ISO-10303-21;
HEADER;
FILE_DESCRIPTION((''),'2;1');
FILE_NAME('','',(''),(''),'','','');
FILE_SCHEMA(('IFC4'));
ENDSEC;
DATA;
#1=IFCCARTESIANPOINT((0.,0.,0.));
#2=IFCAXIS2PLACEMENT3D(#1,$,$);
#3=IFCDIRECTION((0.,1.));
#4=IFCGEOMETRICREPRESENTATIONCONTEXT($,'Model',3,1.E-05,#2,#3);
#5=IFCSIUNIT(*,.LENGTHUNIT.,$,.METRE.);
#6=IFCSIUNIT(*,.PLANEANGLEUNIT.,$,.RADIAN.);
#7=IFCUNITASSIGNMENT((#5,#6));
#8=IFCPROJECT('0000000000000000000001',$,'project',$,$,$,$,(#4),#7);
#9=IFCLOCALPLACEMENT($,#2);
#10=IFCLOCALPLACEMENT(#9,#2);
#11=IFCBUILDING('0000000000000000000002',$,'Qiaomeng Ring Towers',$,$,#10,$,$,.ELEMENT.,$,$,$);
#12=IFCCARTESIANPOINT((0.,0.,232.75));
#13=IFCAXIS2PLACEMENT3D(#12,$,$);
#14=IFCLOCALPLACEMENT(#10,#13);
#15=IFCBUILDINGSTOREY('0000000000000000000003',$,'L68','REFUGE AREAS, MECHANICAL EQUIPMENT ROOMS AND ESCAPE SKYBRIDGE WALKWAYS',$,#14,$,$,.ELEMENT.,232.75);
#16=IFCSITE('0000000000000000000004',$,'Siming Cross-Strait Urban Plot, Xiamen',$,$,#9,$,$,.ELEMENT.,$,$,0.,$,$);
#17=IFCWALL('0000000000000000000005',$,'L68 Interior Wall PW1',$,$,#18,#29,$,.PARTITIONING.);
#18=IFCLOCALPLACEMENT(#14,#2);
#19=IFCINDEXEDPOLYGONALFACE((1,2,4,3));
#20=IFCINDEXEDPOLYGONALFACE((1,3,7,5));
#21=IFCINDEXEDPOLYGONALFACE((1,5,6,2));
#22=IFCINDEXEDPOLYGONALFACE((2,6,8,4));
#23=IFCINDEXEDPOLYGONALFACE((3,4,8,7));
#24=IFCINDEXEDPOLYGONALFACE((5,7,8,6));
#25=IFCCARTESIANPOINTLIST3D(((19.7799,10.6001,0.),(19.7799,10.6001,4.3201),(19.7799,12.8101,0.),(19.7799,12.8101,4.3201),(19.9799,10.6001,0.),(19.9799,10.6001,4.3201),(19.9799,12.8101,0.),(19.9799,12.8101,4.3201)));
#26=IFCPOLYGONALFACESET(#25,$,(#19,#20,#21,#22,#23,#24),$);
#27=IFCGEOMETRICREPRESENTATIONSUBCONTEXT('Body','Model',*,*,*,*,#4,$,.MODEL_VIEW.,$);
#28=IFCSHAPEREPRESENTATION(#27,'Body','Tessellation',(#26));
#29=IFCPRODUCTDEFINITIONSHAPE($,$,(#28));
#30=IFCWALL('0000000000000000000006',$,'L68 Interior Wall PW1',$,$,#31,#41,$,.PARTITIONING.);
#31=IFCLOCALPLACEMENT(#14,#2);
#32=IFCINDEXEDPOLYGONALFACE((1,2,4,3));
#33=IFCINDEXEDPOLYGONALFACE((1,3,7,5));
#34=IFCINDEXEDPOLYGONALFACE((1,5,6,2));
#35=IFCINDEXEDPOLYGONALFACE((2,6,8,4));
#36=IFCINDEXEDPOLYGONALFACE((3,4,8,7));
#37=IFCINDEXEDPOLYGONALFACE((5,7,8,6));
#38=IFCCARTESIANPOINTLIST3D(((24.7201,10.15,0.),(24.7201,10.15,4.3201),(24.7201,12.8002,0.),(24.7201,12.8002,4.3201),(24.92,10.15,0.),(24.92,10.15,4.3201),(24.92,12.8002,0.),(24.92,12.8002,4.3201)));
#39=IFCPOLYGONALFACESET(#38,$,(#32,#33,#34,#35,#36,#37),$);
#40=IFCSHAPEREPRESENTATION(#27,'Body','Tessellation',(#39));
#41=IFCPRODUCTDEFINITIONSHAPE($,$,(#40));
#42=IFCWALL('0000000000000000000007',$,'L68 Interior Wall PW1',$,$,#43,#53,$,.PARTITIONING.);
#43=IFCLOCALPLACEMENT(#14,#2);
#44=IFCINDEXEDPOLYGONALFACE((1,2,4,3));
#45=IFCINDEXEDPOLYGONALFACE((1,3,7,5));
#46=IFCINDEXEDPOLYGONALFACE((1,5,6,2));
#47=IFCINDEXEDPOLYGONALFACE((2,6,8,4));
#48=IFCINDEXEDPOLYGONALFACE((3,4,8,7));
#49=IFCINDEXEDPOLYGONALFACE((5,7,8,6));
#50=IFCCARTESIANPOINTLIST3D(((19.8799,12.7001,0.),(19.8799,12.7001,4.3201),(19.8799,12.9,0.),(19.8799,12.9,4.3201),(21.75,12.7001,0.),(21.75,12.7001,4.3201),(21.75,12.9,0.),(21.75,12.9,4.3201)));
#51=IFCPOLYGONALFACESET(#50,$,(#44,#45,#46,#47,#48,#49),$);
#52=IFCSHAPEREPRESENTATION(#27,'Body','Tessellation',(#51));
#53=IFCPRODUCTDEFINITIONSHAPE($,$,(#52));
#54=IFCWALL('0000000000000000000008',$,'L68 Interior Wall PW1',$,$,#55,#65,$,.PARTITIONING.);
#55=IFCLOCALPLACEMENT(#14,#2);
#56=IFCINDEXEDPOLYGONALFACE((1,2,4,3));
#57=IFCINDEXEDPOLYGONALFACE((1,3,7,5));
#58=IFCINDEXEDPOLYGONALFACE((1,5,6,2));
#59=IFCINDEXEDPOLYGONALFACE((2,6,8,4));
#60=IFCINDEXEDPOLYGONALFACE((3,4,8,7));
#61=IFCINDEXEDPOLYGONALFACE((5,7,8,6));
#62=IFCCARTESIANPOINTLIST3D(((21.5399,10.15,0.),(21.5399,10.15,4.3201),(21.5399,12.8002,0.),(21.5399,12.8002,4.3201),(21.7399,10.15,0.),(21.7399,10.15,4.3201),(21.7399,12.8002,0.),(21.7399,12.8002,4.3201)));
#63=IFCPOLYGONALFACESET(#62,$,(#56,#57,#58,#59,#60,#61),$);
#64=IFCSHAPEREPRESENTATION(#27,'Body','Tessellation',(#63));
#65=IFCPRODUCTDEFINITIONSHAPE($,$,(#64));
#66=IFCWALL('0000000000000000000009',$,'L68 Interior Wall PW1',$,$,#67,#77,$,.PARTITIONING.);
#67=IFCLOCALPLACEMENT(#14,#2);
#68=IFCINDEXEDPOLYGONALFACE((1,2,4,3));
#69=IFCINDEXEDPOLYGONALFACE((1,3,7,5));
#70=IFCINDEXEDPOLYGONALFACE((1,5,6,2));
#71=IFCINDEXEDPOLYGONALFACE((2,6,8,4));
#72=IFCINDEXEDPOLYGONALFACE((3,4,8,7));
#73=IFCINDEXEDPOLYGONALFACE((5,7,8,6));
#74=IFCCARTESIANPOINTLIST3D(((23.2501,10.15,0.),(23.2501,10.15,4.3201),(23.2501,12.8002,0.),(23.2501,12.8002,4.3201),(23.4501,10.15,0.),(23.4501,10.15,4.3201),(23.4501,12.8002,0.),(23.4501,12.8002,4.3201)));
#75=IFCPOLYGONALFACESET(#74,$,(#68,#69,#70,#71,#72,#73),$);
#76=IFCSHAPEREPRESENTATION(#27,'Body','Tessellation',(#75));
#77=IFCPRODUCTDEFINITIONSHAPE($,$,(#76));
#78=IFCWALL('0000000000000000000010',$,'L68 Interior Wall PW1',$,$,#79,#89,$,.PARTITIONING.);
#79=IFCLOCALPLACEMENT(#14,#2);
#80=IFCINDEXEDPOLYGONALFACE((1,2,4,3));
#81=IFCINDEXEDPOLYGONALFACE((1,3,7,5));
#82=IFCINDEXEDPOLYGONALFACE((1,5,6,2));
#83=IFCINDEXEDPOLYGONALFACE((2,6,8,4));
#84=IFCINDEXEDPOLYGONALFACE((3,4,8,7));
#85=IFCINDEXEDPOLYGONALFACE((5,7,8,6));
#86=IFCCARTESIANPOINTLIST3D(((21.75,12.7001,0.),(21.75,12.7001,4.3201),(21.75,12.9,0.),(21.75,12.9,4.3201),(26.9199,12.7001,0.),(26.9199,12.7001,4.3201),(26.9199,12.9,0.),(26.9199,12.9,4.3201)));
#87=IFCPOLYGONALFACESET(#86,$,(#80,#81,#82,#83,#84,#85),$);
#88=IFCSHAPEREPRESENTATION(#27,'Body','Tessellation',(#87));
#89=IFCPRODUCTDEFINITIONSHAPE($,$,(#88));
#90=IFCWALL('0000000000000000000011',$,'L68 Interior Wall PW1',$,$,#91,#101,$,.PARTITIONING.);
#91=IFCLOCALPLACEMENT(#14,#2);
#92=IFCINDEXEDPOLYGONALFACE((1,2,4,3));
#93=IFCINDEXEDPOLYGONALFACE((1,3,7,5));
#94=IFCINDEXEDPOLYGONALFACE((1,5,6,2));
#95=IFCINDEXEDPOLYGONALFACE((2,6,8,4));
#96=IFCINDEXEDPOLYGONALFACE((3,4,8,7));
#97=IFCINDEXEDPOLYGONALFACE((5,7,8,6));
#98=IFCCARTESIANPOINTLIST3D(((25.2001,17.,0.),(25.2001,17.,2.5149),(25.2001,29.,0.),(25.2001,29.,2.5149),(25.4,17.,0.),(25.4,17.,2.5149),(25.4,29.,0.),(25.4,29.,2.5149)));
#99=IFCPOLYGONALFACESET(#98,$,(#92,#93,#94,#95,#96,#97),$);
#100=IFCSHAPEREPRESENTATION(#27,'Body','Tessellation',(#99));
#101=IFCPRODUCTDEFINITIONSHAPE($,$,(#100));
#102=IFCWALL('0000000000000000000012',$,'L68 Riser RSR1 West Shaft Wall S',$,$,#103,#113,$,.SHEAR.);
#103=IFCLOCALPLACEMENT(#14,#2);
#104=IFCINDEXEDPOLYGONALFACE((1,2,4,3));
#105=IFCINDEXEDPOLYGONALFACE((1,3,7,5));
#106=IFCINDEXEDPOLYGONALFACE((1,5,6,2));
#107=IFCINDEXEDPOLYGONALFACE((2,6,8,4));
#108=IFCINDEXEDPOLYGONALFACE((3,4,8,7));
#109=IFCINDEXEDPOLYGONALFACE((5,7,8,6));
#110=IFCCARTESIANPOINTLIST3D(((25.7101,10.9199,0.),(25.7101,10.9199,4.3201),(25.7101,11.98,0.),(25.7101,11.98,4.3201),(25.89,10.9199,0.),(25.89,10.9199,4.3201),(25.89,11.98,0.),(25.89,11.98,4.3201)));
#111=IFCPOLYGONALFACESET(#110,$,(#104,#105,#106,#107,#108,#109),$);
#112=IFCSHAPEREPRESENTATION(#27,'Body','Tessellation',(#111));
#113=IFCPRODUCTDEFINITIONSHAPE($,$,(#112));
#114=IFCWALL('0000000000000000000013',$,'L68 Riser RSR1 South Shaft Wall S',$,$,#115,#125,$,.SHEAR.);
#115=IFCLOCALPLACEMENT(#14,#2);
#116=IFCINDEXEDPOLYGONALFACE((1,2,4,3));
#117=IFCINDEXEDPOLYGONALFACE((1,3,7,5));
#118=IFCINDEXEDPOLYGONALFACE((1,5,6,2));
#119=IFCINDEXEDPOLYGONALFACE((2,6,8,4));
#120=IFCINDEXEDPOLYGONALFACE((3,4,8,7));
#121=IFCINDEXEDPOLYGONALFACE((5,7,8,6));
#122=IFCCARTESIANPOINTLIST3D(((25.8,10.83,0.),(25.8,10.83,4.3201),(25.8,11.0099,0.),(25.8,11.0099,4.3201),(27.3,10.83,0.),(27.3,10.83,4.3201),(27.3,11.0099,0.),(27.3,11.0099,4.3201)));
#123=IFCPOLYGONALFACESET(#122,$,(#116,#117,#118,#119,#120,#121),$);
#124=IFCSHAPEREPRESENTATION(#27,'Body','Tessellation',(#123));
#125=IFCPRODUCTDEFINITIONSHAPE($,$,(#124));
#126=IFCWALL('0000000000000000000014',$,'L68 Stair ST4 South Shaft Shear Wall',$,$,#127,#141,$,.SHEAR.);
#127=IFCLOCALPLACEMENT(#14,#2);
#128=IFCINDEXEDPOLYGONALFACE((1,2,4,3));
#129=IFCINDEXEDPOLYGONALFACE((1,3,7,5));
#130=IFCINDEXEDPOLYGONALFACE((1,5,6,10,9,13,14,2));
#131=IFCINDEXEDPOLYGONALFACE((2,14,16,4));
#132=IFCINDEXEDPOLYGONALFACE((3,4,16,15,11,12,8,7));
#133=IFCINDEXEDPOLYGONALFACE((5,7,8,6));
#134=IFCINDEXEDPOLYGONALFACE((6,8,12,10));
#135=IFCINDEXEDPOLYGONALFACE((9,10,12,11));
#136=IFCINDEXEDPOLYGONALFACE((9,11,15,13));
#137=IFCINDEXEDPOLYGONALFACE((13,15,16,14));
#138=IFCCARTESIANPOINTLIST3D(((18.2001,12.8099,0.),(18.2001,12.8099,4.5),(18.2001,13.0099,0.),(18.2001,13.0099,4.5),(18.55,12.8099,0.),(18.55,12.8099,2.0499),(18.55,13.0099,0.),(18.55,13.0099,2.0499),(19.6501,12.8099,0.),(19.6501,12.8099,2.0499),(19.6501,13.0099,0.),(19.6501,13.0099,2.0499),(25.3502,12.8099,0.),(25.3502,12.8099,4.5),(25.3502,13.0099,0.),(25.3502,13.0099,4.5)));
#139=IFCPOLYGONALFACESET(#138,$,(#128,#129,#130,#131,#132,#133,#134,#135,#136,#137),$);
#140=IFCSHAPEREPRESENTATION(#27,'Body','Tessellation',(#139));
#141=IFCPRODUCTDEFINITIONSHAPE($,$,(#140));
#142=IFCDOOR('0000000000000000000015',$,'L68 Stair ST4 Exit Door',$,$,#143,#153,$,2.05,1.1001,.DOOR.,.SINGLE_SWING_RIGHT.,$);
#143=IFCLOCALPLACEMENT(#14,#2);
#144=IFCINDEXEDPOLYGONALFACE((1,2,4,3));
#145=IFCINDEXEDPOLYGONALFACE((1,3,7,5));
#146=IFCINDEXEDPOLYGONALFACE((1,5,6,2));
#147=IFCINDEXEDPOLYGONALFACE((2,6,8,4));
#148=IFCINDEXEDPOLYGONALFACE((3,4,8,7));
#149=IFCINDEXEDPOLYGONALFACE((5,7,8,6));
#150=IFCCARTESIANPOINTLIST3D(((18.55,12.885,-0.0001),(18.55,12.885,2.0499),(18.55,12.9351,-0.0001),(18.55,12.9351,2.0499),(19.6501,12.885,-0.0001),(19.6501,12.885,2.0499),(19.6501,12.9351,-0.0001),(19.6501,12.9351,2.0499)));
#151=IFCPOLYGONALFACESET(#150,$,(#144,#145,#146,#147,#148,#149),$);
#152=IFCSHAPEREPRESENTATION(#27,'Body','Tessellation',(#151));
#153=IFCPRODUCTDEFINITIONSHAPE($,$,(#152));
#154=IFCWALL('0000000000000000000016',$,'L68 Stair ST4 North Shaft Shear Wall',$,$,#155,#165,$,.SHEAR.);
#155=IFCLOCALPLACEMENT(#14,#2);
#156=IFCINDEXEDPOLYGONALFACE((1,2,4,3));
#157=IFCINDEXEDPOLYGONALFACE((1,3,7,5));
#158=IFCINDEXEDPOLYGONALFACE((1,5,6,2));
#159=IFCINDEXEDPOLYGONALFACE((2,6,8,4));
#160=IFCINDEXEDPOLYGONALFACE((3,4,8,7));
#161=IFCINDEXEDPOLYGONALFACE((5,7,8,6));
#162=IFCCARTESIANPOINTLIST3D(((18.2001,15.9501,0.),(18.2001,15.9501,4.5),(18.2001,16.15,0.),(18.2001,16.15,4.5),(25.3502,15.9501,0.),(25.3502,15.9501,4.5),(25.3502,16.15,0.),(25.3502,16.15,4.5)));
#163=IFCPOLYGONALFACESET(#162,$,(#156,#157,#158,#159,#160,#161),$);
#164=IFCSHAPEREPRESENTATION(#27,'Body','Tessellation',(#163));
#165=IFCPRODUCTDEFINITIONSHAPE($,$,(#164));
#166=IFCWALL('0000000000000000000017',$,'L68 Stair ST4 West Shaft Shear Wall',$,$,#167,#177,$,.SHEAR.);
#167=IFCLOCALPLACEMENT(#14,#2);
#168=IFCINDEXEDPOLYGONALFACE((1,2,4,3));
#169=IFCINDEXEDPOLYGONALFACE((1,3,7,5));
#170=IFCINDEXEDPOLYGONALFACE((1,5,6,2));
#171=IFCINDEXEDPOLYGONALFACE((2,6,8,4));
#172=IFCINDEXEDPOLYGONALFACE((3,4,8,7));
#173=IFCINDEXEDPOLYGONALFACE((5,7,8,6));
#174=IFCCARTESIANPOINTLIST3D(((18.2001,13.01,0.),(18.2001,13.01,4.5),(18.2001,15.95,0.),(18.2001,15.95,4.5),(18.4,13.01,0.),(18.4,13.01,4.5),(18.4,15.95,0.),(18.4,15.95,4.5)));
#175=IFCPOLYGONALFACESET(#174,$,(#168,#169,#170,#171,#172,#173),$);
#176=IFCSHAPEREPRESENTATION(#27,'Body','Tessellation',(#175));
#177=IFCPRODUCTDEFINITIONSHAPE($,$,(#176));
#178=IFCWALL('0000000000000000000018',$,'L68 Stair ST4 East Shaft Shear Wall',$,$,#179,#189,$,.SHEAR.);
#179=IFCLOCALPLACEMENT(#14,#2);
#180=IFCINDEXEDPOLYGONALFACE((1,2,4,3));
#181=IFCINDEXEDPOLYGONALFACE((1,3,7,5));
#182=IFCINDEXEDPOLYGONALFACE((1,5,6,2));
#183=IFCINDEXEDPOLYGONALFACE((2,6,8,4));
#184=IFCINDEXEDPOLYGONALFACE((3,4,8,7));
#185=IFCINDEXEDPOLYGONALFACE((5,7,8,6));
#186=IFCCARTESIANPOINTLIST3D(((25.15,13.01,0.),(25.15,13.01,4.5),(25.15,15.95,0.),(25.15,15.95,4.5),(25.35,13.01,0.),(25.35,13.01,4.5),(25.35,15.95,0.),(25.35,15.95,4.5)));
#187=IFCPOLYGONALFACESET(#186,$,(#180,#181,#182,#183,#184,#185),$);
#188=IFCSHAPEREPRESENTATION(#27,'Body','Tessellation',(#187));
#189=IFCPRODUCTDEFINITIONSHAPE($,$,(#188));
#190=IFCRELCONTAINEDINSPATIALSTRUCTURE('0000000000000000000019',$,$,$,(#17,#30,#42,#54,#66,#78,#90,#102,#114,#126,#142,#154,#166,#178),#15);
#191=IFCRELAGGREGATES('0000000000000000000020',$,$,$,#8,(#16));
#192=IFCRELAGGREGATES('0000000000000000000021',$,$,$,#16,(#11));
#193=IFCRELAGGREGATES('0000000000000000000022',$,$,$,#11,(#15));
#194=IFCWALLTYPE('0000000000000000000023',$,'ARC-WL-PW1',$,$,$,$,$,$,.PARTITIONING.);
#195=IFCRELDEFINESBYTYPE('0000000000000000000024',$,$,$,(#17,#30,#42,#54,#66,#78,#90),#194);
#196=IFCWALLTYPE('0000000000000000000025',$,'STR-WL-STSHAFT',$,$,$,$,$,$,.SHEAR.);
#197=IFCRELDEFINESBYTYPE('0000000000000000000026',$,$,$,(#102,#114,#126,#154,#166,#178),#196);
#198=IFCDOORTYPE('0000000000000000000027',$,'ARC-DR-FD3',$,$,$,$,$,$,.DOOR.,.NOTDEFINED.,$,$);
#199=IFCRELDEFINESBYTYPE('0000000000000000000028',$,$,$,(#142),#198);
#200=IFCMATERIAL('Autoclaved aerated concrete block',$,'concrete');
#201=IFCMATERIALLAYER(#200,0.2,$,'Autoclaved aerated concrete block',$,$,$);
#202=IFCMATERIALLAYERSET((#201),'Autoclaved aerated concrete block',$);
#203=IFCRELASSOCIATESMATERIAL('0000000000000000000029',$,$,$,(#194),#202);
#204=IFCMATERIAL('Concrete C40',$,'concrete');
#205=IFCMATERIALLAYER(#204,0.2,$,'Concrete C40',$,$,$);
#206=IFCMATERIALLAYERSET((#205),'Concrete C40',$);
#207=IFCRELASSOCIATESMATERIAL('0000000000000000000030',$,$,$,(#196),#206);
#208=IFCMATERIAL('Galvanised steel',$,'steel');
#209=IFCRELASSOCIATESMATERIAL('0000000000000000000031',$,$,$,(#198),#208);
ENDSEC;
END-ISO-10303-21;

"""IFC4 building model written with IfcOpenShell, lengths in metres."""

from ifc_helpers import new_model, si_unit, direction, frame, frame_2d, origin, place, context, subcontext, project, spatial, rectangle, extrude, source, transform, mapped, material, layer, layer_set, type_object, element, fill, save


model = new_model("IFC4")

# Units and contexts
model_context = context("Model", 3, precision=1e-05, world=origin(), true_north=direction((0.0, 1.0)))
body_context = subcontext(model_context, "Body", "Model", "MODEL_VIEW")
ifc_project = project(units=[si_unit("LENGTHUNIT", "METRE"), si_unit("PLANEANGLEUNIT", "RADIAN")], contexts=[model_context])

# Site, building, storey
site_placement = place(None, origin())
site = spatial("IfcSite", under=ifc_project, at=site_placement, Name="Siming Cross-Strait Urban Plot, Xiamen", CompositionType="ELEMENT", RefElevation=0.0)
building_placement = place(site_placement, origin())
building = spatial("IfcBuilding", under=site, at=building_placement, Name="Qiaomeng Ring Towers", CompositionType="ELEMENT")
storey_placement = place(building_placement, frame((0.0, 0.0, 232.75)))
storey = spatial("IfcBuildingStorey", under=building, at=storey_placement, Name="L68", Description="REFUGE AREAS, MECHANICAL EQUIPMENT ROOMS AND ESCAPE SKYBRIDGE WALKWAYS", CompositionType="ELEMENT", Elevation=232.75)

# Walls
ifc_material_1 = material(Name="Autoclaved aerated concrete block", Category="concrete")
ifc_layer_1 = layer(ifc_material_1, 0.2, Name="Autoclaved aerated concrete block")
ifc_layer_set_1 = layer_set([ifc_layer_1], Name="Autoclaved aerated concrete block")
wall_type_1 = type_object("IfcWallType", Name="ARC-WL-PW1", PredefinedType="PARTITIONING", material=ifc_layer_set_1)
wall_1_placement = place(storey_placement, frame((19.8799, 10.6001, 0.0), z_axis=(0.0, 0.0, 1.0), x_axis=(0.0, 1.0, 0.0)))
element("IfcWall", 1, at=wall_1_placement, inside=storey, type_object=wall_type_1, Name="L68 Interior Wall PW1", PredefinedType="PARTITIONING", context=body_context, shape_type="SweptSolid", body=[
    extrude(rectangle(XDim=2.21, YDim=0.2, at=frame_2d((1.105, 0.0))), origin(), (0.0, 0.0, 1.0), 4.3201),
])
wall_2_placement = place(storey_placement, frame((24.8201, 10.1499, 0.0), z_axis=(0.0, 0.0, 1.0), x_axis=(0.0, 1.0, 0.0)))
element("IfcWall", 2, at=wall_2_placement, inside=storey, type_object=wall_type_1, Name="L68 Interior Wall PW1", PredefinedType="PARTITIONING", context=body_context, shape_type="SweptSolid", body=[
    extrude(rectangle(XDim=2.6501, YDim=0.2, at=frame_2d((1.3252, 0.0))), origin(), (0.0, 0.0, 1.0), 4.3201),
])
wall_3_placement = place(storey_placement, frame((19.8799, 12.8, 0.0), z_axis=(0.0, 0.0, 1.0), x_axis=(1.0, 0.0, 0.0)))
element("IfcWall", 3, at=wall_3_placement, inside=storey, type_object=wall_type_1, Name="L68 Interior Wall PW1", PredefinedType="PARTITIONING", context=body_context, shape_type="SweptSolid", body=[
    extrude(rectangle(XDim=1.8701, YDim=0.2, at=frame_2d((0.9351, 0.0))), origin(), (0.0, 0.0, 1.0), 4.3201),
])
for number, where, z_axis, x_axis, name in (
    (4, (21.6399, 10.1499, 0.0), (0.0, 0.0, 1.0), (0.0, 1.0, 0.0), "L68 Interior Wall PW1"),
    (5, (23.3501, 10.1499, 0.0), (0.0, 0.0, 1.0), (0.0, 1.0, 0.0), "L68 Interior Wall PW1"),
):
    element("IfcWall", number, at=place(storey_placement, frame(where, z_axis=z_axis, x_axis=x_axis)), inside=storey, type_object=wall_type_1, Name=name, PredefinedType="PARTITIONING", context=body_context, shape_type="SweptSolid", body=[
        extrude(rectangle(XDim=2.6501, YDim=0.2, at=frame_2d((1.3252, 0.0))), origin(), (0.0, 0.0, 1.0), 4.3201),
    ])
wall_4_placement = place(storey_placement, frame((21.75, 12.8, 0.0), z_axis=(0.0, 0.0, 1.0), x_axis=(1.0, 0.0, 0.0)))
element("IfcWall", 6, at=wall_4_placement, inside=storey, type_object=wall_type_1, Name="L68 Interior Wall PW1", PredefinedType="PARTITIONING", context=body_context, shape_type="SweptSolid", body=[
    extrude(rectangle(XDim=5.1699, YDim=0.2, at=frame_2d((2.585, 0.0))), origin(), (0.0, 0.0, 1.0), 4.3201),
])
wall_5_placement = place(storey_placement, frame((25.3, 17.0, 0.0), z_axis=(0.0, 0.0, 1.0), x_axis=(0.0, 1.0, 0.0)))
element("IfcWall", 7, at=wall_5_placement, inside=storey, type_object=wall_type_1, Name="L68 Interior Wall PW1", PredefinedType="PARTITIONING", context=body_context, shape_type="SweptSolid", body=[
    extrude(rectangle(XDim=12.0, YDim=0.2, at=frame_2d((6.0, 0.0))), origin(), (0.0, 0.0, 1.0), 2.5149),
])
ifc_material_2 = material(Name="Concrete C40", Category="concrete")
ifc_layer_2 = layer(ifc_material_2, 0.2, Name="Concrete C40")
ifc_layer_set_2 = layer_set([ifc_layer_2], Name="Concrete C40")
wall_type_2 = type_object("IfcWallType", Name="STR-WL-STSHAFT", PredefinedType="SHEAR", material=ifc_layer_set_2)
wall_6_placement = place(storey_placement, frame((25.8, 10.9199, 0.0), z_axis=(0.0, 0.0, 1.0), x_axis=(0.0, 1.0, 0.0)))
element("IfcWall", 8, at=wall_6_placement, inside=storey, type_object=wall_type_2, Name="L68 Riser RSR1 West Shaft Wall S", PredefinedType="SHEAR", context=body_context, shape_type="SweptSolid", body=[
    extrude(rectangle(XDim=1.0601, YDim=0.1799, at=frame_2d((0.53, 0.0))), origin(), (0.0, 0.0, 1.0), 4.3201),
])
wall_7_placement = place(storey_placement, frame((25.8, 10.9199, 0.0), z_axis=(0.0, 0.0, 1.0), x_axis=(1.0, 0.0, 0.0)))
element("IfcWall", 9, at=wall_7_placement, inside=storey, type_object=wall_type_2, Name="L68 Riser RSR1 South Shaft Wall S", PredefinedType="SHEAR", context=body_context, shape_type="SweptSolid", body=[
    extrude(rectangle(XDim=1.5, YDim=0.1799, at=frame_2d((0.75, 0.0))), origin(), (0.0, 0.0, 1.0), 4.3201),
])

# Wall, opening, door
wall_8_placement = place(storey_placement, frame((18.2, 12.9099, 0.0), z_axis=(0.0, 0.0, 1.0), x_axis=(1.0, 0.0, 0.0)))
wall_8 = element("IfcWall", 10, at=wall_8_placement, inside=storey, type_object=wall_type_2, Name="L68 Stair ST4 South Shaft Shear Wall", PredefinedType="SHEAR", context=body_context, shape_type="SweptSolid", body=[
    extrude(rectangle(XDim=7.1501, YDim=0.2, at=frame_2d((3.5752, 0.0))), origin(), (0.0, 0.0, 1.0), 4.5),
])
opening_placement = place(wall_8_placement, frame((0.3501, 0.0, 0.0)))
opening = element("IfcOpeningElement", 11, at=opening_placement, cuts=wall_8, PredefinedType="OPENING", context=body_context, shape_type="SweptSolid", body=[
    extrude(rectangle(XDim=1.1001, YDim=2.05, at=frame_2d((0.55, 1.0249))), frame((0.0, 0.1099, 0.0), z_axis=(0.0, -1.0, 0.0), x_axis=(1.0, 0.0, 0.0)), (0.0, 0.0, 1.0), 0.22),
])
ifc_material_3 = material(Name="Galvanised steel", Category="steel")
door_type = type_object("IfcDoorType", Name="ARC-DR-FD3", OperationType="NOTDEFINED", PredefinedType="DOOR", material=ifc_material_3)
shared_shape_1 = source(origin(), body_context, "Body", "SweptSolid", [
    extrude(rectangle(XDim=1.1001, YDim=2.05, at=frame_2d((0.55, 1.0249))), frame((0.0, 0.0249, 0.0), z_axis=(0.0, -1.0, 0.0), x_axis=(1.0, 0.0, 0.0)), (0.0, 0.0, 1.0), 0.05),
])
door_placement = place(opening_placement, frame((1.1001, 0.0, 0.0), z_axis=(0.0, 0.0, 1.0), x_axis=(-1.0, 0.0, 0.0)))
door = element("IfcDoor", 12, at=door_placement, inside=storey, type_object=door_type, Name="L68 Stair ST4 Exit Door", OperationType="SINGLE_SWING_RIGHT", OverallHeight=2.05, OverallWidth=1.1001, PredefinedType="DOOR", context=body_context, shape_type="MappedRepresentation", body=[
    mapped(shared_shape_1, transform((0.0, 0.0, 0.0), x_axis=(1.0, 0.0, 0.0), y_axis=(0.0, 1.0, 0.0), z_axis=(0.0, 0.0, 1.0), scale=1.0)),
])
fill(opening, door)

# Walls
wall_9_placement = place(storey_placement, frame((18.2, 16.05, 0.0), z_axis=(0.0, 0.0, 1.0), x_axis=(1.0, 0.0, 0.0)))
element("IfcWall", 13, at=wall_9_placement, inside=storey, type_object=wall_type_2, Name="L68 Stair ST4 North Shaft Shear Wall", PredefinedType="SHEAR", context=body_context, shape_type="SweptSolid", body=[
    extrude(rectangle(XDim=7.1501, YDim=0.2, at=frame_2d((3.5752, 0.0))), origin(), (0.0, 0.0, 1.0), 4.5),
])
for number, where, z_axis, x_axis, name in (
    (14, (18.3, 13.01, 0.0), (0.0, 0.0, 1.0), (0.0, 1.0, 0.0), "L68 Stair ST4 West Shaft Shear Wall"),
    (15, (25.25, 13.01, 0.0), (0.0, 0.0, 1.0), (0.0, 1.0, 0.0), "L68 Stair ST4 East Shaft Shear Wall"),
):
    element("IfcWall", number, at=place(storey_placement, frame(where, z_axis=z_axis, x_axis=x_axis)), inside=storey, type_object=wall_type_2, Name=name, PredefinedType="SHEAR", context=body_context, shape_type="SweptSolid", body=[
        extrude(rectangle(XDim=2.9399, YDim=0.2, at=frame_2d((1.47, 0.0))), origin(), (0.0, 0.0, 1.0), 4.5),
    ])

save(model, "model.ifc")
